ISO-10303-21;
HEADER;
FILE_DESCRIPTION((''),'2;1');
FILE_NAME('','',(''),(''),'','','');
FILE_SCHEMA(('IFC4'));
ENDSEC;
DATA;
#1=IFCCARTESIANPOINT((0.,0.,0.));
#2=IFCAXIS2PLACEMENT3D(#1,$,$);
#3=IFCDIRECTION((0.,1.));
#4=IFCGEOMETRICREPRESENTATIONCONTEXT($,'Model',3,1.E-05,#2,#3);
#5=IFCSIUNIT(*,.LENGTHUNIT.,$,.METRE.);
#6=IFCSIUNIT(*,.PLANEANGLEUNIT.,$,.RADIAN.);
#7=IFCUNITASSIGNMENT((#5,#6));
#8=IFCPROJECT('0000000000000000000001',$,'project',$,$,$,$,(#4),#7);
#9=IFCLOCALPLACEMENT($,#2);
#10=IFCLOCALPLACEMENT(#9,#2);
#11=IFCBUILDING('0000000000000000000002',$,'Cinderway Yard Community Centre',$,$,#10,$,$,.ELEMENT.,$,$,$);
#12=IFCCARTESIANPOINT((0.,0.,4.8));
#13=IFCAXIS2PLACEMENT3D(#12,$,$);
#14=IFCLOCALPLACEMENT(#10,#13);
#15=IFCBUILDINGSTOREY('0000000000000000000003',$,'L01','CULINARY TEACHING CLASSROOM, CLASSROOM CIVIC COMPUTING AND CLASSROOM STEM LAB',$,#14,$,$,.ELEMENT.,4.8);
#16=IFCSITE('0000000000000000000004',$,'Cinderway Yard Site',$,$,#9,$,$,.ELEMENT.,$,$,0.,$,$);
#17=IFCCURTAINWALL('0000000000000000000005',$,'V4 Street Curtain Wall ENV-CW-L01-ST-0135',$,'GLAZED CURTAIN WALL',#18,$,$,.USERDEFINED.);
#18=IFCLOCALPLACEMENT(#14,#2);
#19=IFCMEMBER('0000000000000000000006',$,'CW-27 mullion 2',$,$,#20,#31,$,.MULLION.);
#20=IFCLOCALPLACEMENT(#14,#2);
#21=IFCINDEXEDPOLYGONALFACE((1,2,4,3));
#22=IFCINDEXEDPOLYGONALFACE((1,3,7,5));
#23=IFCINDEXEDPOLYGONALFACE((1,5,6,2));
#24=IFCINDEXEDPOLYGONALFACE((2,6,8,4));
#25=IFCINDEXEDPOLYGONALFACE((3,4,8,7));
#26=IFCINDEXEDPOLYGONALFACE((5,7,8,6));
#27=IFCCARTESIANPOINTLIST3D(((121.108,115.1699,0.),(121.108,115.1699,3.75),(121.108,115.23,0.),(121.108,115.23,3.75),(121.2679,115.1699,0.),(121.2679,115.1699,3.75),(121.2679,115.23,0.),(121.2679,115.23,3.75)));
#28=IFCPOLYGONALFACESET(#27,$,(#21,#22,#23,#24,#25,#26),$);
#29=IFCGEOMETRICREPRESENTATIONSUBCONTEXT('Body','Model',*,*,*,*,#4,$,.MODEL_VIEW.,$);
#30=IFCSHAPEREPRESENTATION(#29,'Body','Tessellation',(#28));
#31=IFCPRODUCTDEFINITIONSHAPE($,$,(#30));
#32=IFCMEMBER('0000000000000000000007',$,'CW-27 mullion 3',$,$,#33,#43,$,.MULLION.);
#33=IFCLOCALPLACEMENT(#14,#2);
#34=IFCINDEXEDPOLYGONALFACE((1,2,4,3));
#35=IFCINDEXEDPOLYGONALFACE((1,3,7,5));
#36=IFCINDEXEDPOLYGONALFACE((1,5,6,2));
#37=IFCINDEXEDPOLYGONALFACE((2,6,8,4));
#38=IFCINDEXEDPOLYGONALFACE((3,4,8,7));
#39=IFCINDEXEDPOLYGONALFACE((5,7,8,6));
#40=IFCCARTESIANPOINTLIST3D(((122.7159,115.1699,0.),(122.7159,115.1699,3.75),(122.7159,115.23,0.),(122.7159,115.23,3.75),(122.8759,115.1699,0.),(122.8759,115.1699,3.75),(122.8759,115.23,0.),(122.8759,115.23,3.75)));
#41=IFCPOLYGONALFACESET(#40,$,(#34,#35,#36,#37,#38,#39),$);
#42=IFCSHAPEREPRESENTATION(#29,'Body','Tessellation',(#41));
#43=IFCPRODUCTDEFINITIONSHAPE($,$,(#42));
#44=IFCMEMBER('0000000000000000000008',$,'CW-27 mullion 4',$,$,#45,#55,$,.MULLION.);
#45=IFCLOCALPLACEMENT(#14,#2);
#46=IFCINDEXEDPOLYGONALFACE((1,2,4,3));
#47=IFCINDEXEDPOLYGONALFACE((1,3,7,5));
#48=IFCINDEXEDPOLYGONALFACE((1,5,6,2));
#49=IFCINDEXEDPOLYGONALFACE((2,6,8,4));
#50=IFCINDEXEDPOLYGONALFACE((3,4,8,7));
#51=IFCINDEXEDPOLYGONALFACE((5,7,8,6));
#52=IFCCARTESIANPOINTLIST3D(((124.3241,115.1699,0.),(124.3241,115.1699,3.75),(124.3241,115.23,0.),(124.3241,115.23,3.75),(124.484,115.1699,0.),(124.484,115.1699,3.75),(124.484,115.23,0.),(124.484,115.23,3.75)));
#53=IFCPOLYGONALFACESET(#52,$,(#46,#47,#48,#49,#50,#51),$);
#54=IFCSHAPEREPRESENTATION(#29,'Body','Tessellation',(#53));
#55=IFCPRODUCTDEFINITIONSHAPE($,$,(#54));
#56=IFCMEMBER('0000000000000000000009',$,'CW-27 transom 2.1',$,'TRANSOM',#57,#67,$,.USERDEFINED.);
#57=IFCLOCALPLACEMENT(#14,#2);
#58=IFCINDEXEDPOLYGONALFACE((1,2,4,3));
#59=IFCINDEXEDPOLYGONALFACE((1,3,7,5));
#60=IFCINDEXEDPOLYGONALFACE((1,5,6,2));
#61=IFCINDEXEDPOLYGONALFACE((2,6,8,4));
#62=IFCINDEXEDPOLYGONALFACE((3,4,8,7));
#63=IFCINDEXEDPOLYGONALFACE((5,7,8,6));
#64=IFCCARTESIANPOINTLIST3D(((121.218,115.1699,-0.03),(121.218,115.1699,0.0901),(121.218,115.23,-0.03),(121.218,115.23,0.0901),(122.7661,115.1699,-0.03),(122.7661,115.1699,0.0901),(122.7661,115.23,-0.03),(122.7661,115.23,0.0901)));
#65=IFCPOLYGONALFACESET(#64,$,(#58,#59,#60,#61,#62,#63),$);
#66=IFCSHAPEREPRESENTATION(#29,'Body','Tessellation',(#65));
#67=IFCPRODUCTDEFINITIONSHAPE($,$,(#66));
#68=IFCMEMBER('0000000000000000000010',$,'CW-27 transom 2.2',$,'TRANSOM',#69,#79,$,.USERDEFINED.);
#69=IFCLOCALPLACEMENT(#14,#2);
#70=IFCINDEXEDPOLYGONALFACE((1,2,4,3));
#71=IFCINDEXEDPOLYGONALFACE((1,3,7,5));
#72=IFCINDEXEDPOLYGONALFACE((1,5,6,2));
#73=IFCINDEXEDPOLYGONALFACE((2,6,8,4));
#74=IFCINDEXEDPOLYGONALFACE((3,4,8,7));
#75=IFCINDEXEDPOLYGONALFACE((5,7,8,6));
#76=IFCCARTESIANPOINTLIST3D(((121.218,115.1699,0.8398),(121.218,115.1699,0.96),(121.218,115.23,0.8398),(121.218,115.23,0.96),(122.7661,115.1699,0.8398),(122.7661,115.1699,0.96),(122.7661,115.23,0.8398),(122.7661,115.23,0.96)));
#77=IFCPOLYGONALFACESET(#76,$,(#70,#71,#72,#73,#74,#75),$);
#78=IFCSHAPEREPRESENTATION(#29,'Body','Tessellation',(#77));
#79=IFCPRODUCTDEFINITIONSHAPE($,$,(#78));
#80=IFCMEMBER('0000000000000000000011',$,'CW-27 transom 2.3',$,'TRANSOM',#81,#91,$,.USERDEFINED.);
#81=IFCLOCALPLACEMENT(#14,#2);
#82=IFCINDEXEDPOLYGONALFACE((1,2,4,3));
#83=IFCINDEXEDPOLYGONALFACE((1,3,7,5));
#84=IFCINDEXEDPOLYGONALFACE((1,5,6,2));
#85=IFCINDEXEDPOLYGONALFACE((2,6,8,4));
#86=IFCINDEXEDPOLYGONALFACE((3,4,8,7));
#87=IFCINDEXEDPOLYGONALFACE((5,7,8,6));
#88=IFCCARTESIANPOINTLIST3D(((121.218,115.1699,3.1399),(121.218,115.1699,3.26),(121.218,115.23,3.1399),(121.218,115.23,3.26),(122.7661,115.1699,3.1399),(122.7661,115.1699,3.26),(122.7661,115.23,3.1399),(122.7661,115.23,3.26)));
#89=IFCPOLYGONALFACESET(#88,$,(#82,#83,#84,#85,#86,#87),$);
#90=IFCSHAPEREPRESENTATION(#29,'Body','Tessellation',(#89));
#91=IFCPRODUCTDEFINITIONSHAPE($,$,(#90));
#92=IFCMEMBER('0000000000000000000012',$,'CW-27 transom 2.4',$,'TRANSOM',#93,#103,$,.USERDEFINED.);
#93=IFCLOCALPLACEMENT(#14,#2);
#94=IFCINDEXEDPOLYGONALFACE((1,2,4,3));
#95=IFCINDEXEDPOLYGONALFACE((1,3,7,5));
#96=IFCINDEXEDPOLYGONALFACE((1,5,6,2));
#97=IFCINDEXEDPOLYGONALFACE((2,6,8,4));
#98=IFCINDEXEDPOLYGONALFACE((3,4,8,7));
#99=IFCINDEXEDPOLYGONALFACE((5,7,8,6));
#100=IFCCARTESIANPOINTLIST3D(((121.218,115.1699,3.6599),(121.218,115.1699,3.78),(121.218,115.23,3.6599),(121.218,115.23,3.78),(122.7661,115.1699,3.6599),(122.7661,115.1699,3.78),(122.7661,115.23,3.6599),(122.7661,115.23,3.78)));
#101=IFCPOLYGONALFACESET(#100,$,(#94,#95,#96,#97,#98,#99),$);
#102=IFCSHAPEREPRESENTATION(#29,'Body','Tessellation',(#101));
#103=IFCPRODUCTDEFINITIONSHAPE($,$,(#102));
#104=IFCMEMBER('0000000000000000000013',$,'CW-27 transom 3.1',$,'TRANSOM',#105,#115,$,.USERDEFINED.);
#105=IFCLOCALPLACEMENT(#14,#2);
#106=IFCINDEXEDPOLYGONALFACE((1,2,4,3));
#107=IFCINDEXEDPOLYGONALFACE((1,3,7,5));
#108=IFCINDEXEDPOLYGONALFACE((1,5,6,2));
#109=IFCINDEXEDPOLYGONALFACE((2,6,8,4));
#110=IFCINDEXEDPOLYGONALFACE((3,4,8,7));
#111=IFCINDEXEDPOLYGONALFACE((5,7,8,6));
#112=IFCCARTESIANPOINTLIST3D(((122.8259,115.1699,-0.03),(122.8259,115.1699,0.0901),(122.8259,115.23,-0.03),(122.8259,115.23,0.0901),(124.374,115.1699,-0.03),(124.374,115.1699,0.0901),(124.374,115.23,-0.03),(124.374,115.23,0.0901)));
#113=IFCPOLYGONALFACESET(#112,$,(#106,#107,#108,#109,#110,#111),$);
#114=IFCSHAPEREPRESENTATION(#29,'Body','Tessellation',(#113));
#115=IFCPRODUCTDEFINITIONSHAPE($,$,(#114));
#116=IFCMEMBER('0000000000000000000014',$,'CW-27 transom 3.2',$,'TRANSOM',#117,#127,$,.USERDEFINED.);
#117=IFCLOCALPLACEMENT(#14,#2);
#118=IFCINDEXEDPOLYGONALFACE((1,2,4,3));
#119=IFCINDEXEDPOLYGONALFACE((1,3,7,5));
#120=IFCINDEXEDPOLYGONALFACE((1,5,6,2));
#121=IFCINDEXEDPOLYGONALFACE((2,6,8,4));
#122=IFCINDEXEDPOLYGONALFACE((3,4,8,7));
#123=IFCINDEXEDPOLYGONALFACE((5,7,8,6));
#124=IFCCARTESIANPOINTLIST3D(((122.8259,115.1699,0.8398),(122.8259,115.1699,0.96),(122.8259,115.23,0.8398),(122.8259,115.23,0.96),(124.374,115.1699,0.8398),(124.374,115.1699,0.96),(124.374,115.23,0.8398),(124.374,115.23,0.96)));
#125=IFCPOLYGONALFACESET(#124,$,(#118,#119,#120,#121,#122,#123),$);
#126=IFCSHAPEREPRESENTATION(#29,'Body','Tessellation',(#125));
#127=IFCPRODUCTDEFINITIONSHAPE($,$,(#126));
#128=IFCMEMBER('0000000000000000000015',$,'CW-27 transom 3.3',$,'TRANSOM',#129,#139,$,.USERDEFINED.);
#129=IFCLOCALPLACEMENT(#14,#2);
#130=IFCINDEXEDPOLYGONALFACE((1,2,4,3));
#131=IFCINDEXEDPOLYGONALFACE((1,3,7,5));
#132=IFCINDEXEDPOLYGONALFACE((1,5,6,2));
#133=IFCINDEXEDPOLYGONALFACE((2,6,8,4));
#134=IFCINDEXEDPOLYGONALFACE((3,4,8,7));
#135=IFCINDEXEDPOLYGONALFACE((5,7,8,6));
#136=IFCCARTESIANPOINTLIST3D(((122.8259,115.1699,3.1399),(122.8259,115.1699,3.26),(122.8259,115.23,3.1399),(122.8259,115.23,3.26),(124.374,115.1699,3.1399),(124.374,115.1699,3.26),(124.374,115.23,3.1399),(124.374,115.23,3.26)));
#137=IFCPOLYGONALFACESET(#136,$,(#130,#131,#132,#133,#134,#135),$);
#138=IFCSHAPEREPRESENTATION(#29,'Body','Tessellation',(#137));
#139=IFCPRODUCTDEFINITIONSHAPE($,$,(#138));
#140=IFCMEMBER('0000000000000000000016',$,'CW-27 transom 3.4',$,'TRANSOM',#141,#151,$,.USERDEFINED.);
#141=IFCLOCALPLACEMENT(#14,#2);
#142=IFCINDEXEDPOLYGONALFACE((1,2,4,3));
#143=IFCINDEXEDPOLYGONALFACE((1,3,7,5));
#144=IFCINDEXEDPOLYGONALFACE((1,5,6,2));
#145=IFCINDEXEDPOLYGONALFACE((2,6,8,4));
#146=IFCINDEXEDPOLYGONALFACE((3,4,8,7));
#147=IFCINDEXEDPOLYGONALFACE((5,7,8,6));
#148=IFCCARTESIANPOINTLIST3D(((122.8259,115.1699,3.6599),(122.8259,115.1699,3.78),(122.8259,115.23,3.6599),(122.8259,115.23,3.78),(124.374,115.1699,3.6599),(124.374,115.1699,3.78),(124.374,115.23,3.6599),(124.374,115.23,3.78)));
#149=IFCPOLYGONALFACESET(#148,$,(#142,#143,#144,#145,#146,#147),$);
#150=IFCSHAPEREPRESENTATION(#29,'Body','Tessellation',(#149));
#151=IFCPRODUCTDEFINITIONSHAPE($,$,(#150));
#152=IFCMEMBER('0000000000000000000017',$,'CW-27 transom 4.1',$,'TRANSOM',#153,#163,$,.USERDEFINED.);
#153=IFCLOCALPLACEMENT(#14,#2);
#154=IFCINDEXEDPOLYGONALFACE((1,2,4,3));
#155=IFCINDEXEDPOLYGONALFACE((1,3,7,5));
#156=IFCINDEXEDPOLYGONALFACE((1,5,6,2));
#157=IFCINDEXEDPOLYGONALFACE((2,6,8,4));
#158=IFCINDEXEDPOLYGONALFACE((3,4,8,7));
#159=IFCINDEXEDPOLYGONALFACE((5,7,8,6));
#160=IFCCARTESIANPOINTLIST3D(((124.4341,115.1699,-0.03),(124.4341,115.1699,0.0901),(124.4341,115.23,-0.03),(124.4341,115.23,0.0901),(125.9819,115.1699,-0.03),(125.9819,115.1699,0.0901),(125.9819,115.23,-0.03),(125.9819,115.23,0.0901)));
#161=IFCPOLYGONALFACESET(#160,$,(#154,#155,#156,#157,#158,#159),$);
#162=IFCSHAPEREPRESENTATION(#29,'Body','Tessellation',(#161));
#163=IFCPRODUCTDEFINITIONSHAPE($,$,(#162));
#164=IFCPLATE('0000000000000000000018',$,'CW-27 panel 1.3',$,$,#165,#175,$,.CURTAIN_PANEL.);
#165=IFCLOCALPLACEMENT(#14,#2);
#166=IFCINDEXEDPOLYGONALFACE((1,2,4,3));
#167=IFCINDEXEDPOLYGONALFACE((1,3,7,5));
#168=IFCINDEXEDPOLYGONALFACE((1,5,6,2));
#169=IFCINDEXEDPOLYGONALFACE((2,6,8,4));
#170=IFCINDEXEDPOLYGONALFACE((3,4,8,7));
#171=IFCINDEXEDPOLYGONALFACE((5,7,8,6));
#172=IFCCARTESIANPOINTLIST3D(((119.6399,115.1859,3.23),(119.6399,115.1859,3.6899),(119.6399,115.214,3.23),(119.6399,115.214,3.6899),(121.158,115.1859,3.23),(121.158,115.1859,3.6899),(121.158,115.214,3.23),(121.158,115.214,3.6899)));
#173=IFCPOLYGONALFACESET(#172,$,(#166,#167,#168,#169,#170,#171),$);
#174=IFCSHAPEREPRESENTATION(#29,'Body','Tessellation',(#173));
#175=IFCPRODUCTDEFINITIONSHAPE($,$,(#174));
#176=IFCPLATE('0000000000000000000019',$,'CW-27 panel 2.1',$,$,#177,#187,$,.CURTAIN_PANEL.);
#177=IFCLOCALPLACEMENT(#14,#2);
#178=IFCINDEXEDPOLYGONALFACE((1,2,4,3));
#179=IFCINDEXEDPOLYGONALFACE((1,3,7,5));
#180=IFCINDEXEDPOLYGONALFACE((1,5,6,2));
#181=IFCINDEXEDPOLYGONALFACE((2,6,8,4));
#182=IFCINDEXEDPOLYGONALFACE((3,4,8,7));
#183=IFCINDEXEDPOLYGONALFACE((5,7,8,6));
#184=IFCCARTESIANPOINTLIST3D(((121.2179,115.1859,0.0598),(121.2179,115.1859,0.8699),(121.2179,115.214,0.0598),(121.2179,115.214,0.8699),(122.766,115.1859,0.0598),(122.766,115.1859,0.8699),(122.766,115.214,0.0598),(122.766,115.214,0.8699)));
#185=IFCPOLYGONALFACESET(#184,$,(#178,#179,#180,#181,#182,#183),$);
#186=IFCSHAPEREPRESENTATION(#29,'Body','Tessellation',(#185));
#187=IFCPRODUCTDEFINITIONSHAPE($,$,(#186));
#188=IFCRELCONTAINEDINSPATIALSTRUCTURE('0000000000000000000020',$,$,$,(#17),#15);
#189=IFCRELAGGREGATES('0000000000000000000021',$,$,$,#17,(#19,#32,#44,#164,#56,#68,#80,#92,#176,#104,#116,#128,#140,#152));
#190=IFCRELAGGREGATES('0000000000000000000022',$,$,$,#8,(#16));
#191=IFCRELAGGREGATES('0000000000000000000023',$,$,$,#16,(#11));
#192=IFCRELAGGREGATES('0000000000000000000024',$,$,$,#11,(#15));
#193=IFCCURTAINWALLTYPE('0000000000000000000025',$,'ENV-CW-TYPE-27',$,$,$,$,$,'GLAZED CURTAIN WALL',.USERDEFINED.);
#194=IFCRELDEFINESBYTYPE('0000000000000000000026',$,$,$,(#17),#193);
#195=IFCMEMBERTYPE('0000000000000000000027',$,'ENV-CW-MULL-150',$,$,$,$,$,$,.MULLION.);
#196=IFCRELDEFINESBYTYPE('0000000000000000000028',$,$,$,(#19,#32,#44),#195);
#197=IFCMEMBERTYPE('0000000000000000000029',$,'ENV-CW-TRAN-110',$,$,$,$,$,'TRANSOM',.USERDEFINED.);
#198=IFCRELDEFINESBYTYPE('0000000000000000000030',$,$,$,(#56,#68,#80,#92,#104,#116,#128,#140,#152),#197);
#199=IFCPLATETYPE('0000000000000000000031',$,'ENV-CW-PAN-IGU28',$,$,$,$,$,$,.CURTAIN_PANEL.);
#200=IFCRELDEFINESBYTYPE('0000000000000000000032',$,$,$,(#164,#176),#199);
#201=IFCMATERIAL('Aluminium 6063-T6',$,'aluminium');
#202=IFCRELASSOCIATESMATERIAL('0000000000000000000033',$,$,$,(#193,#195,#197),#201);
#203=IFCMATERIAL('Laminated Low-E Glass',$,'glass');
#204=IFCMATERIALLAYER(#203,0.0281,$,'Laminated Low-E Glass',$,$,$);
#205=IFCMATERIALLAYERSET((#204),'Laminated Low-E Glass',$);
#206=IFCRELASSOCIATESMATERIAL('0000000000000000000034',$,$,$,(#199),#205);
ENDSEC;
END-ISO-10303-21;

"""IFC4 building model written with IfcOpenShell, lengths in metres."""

from ifc_helpers import new_model, si_unit, direction, frame, origin, origin_2d, place, context, subcontext, project, spatial, rectangle, extrude, material, layer, layer_set, material_profile, profile_set, type_object, element, aggregate, save


model = new_model("IFC4")

# Units and contexts
model_context = context("Model", 3, precision=1e-05, world=origin(), true_north=direction((0.0, 1.0)))
body_context = subcontext(model_context, "Body", "Model", "MODEL_VIEW")
ifc_project = project(units=[si_unit("LENGTHUNIT", "METRE"), si_unit("PLANEANGLEUNIT", "RADIAN")], contexts=[model_context])

# Site, building, storey
site_placement = place(None, origin())
site = spatial("IfcSite", under=ifc_project, at=site_placement, Name="Cinderway Yard Site", CompositionType="ELEMENT", RefElevation=0.0)
building_placement = place(site_placement, origin())
building = spatial("IfcBuilding", under=site, at=building_placement, Name="Cinderway Yard Community Centre", CompositionType="ELEMENT")
storey_placement = place(building_placement, frame((0.0, 0.0, 4.8)))
storey = spatial("IfcBuildingStorey", under=building, at=storey_placement, Name="L01", Description="CULINARY TEACHING CLASSROOM, CLASSROOM CIVIC COMPUTING AND CLASSROOM STEM LAB", CompositionType="ELEMENT", Elevation=4.8)

# Curtain wall, members, plates
ifc_material_1 = material(Name="Aluminium 6063-T6", Category="aluminium")
curtain_wall_type = type_object("IfcCurtainWallType", Name="ENV-CW-TYPE-27", ElementType="GLAZED CURTAIN WALL", PredefinedType="USERDEFINED", material=ifc_material_1)
curtain_wall_placement = place(storey_placement, origin())
curtain_wall = element("IfcCurtainWall", 1, at=curtain_wall_placement, inside=storey, type_object=curtain_wall_type, Name="V4 Street Curtain Wall ENV-CW-L01-ST-0135", ObjectType="GLAZED CURTAIN WALL", PredefinedType="USERDEFINED")
ifc_material_profile_1 = material_profile(ifc_material_1, rectangle(XDim=0.0601, YDim=0.1599, at=origin_2d()), Name="Aluminium 6063-T6")
ifc_profile_set_1 = profile_set([ifc_material_profile_1], Name="Aluminium 6063-T6")
member_type_1 = type_object("IfcMemberType", Name="ENV-CW-MULL-150", PredefinedType="MULLION", material=ifc_profile_set_1)
member_1_placement = place(storey_placement, frame((121.188, 115.2, 0.0), z_axis=(0.0, 0.0, 1.0), x_axis=(0.0, 1.0, 0.0)))
member_1 = element("IfcMember", 2, at=member_1_placement, type_object=member_type_1, Name="CW-27 mullion 2", PredefinedType="MULLION", context=body_context, shape_type="SweptSolid", body=[
    extrude(rectangle(XDim=0.0601, YDim=0.1599, at=origin_2d()), origin(), (0.0, 0.0, 1.0), 3.75),
])
member_2_placement = place(storey_placement, frame((122.7959, 115.2, 0.0), z_axis=(0.0, 0.0, 1.0), x_axis=(0.0, 1.0, 0.0)))
member_2 = element("IfcMember", 3, at=member_2_placement, type_object=member_type_1, Name="CW-27 mullion 3", PredefinedType="MULLION", context=body_context, shape_type="SweptSolid", body=[
    extrude(rectangle(XDim=0.0601, YDim=0.1599, at=origin_2d()), origin(), (0.0, 0.0, 1.0), 3.75),
])
member_3_placement = place(storey_placement, frame((124.4041, 115.2, 0.0), z_axis=(0.0, 0.0, 1.0), x_axis=(0.0, 1.0, 0.0)))
member_3 = element("IfcMember", 4, at=member_3_placement, type_object=member_type_1, Name="CW-27 mullion 4", PredefinedType="MULLION", context=body_context, shape_type="SweptSolid", body=[
    extrude(rectangle(XDim=0.0601, YDim=0.1599, at=origin_2d()), origin(), (0.0, 0.0, 1.0), 3.75),
])
ifc_material_profile_2 = material_profile(ifc_material_1, rectangle(XDim=0.0601, YDim=0.1201, at=origin_2d()), Name="Aluminium 6063-T6")
ifc_profile_set_2 = profile_set([ifc_material_profile_2], Name="Aluminium 6063-T6")
member_type_2 = type_object("IfcMemberType", Name="ENV-CW-TRAN-110", ElementType="TRANSOM", PredefinedType="USERDEFINED", material=ifc_profile_set_2)
member_4_placement = place(storey_placement, frame((121.218, 115.2, 0.03), z_axis=(1.0, 0.0, 0.0), x_axis=(0.0, 1.0, 0.0)))
member_4 = element("IfcMember", 5, at=member_4_placement, type_object=member_type_2, Name="CW-27 transom 2.1", ObjectType="TRANSOM", PredefinedType="USERDEFINED", context=body_context, shape_type="SweptSolid", body=[
    extrude(rectangle(XDim=0.0601, YDim=0.1201, at=origin_2d()), origin(), (0.0, 0.0, 1.0), 1.5481),
])
member_5_placement = place(storey_placement, frame((121.218, 115.2, 0.8999), z_axis=(1.0, 0.0, 0.0), x_axis=(0.0, 1.0, 0.0)))
member_5 = element("IfcMember", 6, at=member_5_placement, type_object=member_type_2, Name="CW-27 transom 2.2", ObjectType="TRANSOM", PredefinedType="USERDEFINED", context=body_context, shape_type="SweptSolid", body=[
    extrude(rectangle(XDim=0.0601, YDim=0.1201, at=origin_2d()), origin(), (0.0, 0.0, 1.0), 1.5481),
])
member_6_placement = place(storey_placement, frame((121.218, 115.2, 3.2), z_axis=(1.0, 0.0, 0.0), x_axis=(0.0, 1.0, 0.0)))
member_6 = element("IfcMember", 7, at=member_6_placement, type_object=member_type_2, Name="CW-27 transom 2.3", ObjectType="TRANSOM", PredefinedType="USERDEFINED", context=body_context, shape_type="SweptSolid", body=[
    extrude(rectangle(XDim=0.0601, YDim=0.1201, at=origin_2d()), origin(), (0.0, 0.0, 1.0), 1.5481),
])
member_7_placement = place(storey_placement, frame((121.218, 115.2, 3.72), z_axis=(1.0, 0.0, 0.0), x_axis=(0.0, 1.0, 0.0)))
member_7 = element("IfcMember", 8, at=member_7_placement, type_object=member_type_2, Name="CW-27 transom 2.4", ObjectType="TRANSOM", PredefinedType="USERDEFINED", context=body_context, shape_type="SweptSolid", body=[
    extrude(rectangle(XDim=0.0601, YDim=0.1201, at=origin_2d()), origin(), (0.0, 0.0, 1.0), 1.5481),
])
member_8_placement = place(storey_placement, frame((122.8259, 115.2, 0.03), z_axis=(1.0, 0.0, 0.0), x_axis=(0.0, 1.0, 0.0)))
member_8 = element("IfcMember", 9, at=member_8_placement, type_object=member_type_2, Name="CW-27 transom 3.1", ObjectType="TRANSOM", PredefinedType="USERDEFINED", context=body_context, shape_type="SweptSolid", body=[
    extrude(rectangle(XDim=0.0601, YDim=0.1201, at=origin_2d()), origin(), (0.0, 0.0, 1.0), 1.5481),
])
member_9_placement = place(storey_placement, frame((122.8259, 115.2, 0.8999), z_axis=(1.0, 0.0, 0.0), x_axis=(0.0, 1.0, 0.0)))
member_9 = element("IfcMember", 10, at=member_9_placement, type_object=member_type_2, Name="CW-27 transom 3.2", ObjectType="TRANSOM", PredefinedType="USERDEFINED", context=body_context, shape_type="SweptSolid", body=[
    extrude(rectangle(XDim=0.0601, YDim=0.1201, at=origin_2d()), origin(), (0.0, 0.0, 1.0), 1.5481),
])
member_10_placement = place(storey_placement, frame((122.8259, 115.2, 3.2), z_axis=(1.0, 0.0, 0.0), x_axis=(0.0, 1.0, 0.0)))
member_10 = element("IfcMember", 11, at=member_10_placement, type_object=member_type_2, Name="CW-27 transom 3.3", ObjectType="TRANSOM", PredefinedType="USERDEFINED", context=body_context, shape_type="SweptSolid", body=[
    extrude(rectangle(XDim=0.0601, YDim=0.1201, at=origin_2d()), origin(), (0.0, 0.0, 1.0), 1.5481),
])
member_11_placement = place(storey_placement, frame((122.8259, 115.2, 3.72), z_axis=(1.0, 0.0, 0.0), x_axis=(0.0, 1.0, 0.0)))
member_11 = element("IfcMember", 12, at=member_11_placement, type_object=member_type_2, Name="CW-27 transom 3.4", ObjectType="TRANSOM", PredefinedType="USERDEFINED", context=body_context, shape_type="SweptSolid", body=[
    extrude(rectangle(XDim=0.0601, YDim=0.1201, at=origin_2d()), origin(), (0.0, 0.0, 1.0), 1.5481),
])
member_12_placement = place(storey_placement, frame((124.4341, 115.2, 0.03), z_axis=(1.0, 0.0, 0.0), x_axis=(0.0, 1.0, 0.0)))
member_12 = element("IfcMember", 13, at=member_12_placement, type_object=member_type_2, Name="CW-27 transom 4.1", ObjectType="TRANSOM", PredefinedType="USERDEFINED", context=body_context, shape_type="SweptSolid", body=[
    extrude(rectangle(XDim=0.0601, YDim=0.1201, at=origin_2d()), origin(), (0.0, 0.0, 1.0), 1.5479),
])
ifc_material_2 = material(Name="Laminated Low-E Glass", Category="glass")
ifc_layer_1 = layer(ifc_material_2, 0.0281, Name="Laminated Low-E Glass")
ifc_layer_set_1 = layer_set([ifc_layer_1], Name="Laminated Low-E Glass")
plate_type = type_object("IfcPlateType", Name="ENV-CW-PAN-IGU28", PredefinedType="CURTAIN_PANEL", material=ifc_layer_set_1)
plate_1_placement = place(storey_placement, frame((120.3989, 115.2, 3.23), z_axis=(0.0, 0.0, 1.0), x_axis=(1.0, 0.0, 0.0)))
plate_1 = element("IfcPlate", 14, at=plate_1_placement, type_object=plate_type, Name="CW-27 panel 1.3", PredefinedType="CURTAIN_PANEL", context=body_context, shape_type="SweptSolid", body=[
    extrude(rectangle(XDim=1.5181, YDim=0.0281, at=origin_2d()), origin(), (0.0, 0.0, 1.0), 0.46),
])
plate_2_placement = place(storey_placement, frame((121.9919, 115.2, 0.0598), z_axis=(0.0, 0.0, 1.0), x_axis=(1.0, 0.0, 0.0)))
plate_2 = element("IfcPlate", 15, at=plate_2_placement, type_object=plate_type, Name="CW-27 panel 2.1", PredefinedType="CURTAIN_PANEL", context=body_context, shape_type="SweptSolid", body=[
    extrude(rectangle(XDim=1.5481, YDim=0.0281, at=origin_2d()), origin(), (0.0, 0.0, 1.0), 0.8101),
])
aggregate(curtain_wall, [member_1, member_2, member_3, plate_1, member_4, member_5, member_6, member_7, plate_2, member_8, member_9, member_10, member_11, member_12])

save(model, "model.ifc")
